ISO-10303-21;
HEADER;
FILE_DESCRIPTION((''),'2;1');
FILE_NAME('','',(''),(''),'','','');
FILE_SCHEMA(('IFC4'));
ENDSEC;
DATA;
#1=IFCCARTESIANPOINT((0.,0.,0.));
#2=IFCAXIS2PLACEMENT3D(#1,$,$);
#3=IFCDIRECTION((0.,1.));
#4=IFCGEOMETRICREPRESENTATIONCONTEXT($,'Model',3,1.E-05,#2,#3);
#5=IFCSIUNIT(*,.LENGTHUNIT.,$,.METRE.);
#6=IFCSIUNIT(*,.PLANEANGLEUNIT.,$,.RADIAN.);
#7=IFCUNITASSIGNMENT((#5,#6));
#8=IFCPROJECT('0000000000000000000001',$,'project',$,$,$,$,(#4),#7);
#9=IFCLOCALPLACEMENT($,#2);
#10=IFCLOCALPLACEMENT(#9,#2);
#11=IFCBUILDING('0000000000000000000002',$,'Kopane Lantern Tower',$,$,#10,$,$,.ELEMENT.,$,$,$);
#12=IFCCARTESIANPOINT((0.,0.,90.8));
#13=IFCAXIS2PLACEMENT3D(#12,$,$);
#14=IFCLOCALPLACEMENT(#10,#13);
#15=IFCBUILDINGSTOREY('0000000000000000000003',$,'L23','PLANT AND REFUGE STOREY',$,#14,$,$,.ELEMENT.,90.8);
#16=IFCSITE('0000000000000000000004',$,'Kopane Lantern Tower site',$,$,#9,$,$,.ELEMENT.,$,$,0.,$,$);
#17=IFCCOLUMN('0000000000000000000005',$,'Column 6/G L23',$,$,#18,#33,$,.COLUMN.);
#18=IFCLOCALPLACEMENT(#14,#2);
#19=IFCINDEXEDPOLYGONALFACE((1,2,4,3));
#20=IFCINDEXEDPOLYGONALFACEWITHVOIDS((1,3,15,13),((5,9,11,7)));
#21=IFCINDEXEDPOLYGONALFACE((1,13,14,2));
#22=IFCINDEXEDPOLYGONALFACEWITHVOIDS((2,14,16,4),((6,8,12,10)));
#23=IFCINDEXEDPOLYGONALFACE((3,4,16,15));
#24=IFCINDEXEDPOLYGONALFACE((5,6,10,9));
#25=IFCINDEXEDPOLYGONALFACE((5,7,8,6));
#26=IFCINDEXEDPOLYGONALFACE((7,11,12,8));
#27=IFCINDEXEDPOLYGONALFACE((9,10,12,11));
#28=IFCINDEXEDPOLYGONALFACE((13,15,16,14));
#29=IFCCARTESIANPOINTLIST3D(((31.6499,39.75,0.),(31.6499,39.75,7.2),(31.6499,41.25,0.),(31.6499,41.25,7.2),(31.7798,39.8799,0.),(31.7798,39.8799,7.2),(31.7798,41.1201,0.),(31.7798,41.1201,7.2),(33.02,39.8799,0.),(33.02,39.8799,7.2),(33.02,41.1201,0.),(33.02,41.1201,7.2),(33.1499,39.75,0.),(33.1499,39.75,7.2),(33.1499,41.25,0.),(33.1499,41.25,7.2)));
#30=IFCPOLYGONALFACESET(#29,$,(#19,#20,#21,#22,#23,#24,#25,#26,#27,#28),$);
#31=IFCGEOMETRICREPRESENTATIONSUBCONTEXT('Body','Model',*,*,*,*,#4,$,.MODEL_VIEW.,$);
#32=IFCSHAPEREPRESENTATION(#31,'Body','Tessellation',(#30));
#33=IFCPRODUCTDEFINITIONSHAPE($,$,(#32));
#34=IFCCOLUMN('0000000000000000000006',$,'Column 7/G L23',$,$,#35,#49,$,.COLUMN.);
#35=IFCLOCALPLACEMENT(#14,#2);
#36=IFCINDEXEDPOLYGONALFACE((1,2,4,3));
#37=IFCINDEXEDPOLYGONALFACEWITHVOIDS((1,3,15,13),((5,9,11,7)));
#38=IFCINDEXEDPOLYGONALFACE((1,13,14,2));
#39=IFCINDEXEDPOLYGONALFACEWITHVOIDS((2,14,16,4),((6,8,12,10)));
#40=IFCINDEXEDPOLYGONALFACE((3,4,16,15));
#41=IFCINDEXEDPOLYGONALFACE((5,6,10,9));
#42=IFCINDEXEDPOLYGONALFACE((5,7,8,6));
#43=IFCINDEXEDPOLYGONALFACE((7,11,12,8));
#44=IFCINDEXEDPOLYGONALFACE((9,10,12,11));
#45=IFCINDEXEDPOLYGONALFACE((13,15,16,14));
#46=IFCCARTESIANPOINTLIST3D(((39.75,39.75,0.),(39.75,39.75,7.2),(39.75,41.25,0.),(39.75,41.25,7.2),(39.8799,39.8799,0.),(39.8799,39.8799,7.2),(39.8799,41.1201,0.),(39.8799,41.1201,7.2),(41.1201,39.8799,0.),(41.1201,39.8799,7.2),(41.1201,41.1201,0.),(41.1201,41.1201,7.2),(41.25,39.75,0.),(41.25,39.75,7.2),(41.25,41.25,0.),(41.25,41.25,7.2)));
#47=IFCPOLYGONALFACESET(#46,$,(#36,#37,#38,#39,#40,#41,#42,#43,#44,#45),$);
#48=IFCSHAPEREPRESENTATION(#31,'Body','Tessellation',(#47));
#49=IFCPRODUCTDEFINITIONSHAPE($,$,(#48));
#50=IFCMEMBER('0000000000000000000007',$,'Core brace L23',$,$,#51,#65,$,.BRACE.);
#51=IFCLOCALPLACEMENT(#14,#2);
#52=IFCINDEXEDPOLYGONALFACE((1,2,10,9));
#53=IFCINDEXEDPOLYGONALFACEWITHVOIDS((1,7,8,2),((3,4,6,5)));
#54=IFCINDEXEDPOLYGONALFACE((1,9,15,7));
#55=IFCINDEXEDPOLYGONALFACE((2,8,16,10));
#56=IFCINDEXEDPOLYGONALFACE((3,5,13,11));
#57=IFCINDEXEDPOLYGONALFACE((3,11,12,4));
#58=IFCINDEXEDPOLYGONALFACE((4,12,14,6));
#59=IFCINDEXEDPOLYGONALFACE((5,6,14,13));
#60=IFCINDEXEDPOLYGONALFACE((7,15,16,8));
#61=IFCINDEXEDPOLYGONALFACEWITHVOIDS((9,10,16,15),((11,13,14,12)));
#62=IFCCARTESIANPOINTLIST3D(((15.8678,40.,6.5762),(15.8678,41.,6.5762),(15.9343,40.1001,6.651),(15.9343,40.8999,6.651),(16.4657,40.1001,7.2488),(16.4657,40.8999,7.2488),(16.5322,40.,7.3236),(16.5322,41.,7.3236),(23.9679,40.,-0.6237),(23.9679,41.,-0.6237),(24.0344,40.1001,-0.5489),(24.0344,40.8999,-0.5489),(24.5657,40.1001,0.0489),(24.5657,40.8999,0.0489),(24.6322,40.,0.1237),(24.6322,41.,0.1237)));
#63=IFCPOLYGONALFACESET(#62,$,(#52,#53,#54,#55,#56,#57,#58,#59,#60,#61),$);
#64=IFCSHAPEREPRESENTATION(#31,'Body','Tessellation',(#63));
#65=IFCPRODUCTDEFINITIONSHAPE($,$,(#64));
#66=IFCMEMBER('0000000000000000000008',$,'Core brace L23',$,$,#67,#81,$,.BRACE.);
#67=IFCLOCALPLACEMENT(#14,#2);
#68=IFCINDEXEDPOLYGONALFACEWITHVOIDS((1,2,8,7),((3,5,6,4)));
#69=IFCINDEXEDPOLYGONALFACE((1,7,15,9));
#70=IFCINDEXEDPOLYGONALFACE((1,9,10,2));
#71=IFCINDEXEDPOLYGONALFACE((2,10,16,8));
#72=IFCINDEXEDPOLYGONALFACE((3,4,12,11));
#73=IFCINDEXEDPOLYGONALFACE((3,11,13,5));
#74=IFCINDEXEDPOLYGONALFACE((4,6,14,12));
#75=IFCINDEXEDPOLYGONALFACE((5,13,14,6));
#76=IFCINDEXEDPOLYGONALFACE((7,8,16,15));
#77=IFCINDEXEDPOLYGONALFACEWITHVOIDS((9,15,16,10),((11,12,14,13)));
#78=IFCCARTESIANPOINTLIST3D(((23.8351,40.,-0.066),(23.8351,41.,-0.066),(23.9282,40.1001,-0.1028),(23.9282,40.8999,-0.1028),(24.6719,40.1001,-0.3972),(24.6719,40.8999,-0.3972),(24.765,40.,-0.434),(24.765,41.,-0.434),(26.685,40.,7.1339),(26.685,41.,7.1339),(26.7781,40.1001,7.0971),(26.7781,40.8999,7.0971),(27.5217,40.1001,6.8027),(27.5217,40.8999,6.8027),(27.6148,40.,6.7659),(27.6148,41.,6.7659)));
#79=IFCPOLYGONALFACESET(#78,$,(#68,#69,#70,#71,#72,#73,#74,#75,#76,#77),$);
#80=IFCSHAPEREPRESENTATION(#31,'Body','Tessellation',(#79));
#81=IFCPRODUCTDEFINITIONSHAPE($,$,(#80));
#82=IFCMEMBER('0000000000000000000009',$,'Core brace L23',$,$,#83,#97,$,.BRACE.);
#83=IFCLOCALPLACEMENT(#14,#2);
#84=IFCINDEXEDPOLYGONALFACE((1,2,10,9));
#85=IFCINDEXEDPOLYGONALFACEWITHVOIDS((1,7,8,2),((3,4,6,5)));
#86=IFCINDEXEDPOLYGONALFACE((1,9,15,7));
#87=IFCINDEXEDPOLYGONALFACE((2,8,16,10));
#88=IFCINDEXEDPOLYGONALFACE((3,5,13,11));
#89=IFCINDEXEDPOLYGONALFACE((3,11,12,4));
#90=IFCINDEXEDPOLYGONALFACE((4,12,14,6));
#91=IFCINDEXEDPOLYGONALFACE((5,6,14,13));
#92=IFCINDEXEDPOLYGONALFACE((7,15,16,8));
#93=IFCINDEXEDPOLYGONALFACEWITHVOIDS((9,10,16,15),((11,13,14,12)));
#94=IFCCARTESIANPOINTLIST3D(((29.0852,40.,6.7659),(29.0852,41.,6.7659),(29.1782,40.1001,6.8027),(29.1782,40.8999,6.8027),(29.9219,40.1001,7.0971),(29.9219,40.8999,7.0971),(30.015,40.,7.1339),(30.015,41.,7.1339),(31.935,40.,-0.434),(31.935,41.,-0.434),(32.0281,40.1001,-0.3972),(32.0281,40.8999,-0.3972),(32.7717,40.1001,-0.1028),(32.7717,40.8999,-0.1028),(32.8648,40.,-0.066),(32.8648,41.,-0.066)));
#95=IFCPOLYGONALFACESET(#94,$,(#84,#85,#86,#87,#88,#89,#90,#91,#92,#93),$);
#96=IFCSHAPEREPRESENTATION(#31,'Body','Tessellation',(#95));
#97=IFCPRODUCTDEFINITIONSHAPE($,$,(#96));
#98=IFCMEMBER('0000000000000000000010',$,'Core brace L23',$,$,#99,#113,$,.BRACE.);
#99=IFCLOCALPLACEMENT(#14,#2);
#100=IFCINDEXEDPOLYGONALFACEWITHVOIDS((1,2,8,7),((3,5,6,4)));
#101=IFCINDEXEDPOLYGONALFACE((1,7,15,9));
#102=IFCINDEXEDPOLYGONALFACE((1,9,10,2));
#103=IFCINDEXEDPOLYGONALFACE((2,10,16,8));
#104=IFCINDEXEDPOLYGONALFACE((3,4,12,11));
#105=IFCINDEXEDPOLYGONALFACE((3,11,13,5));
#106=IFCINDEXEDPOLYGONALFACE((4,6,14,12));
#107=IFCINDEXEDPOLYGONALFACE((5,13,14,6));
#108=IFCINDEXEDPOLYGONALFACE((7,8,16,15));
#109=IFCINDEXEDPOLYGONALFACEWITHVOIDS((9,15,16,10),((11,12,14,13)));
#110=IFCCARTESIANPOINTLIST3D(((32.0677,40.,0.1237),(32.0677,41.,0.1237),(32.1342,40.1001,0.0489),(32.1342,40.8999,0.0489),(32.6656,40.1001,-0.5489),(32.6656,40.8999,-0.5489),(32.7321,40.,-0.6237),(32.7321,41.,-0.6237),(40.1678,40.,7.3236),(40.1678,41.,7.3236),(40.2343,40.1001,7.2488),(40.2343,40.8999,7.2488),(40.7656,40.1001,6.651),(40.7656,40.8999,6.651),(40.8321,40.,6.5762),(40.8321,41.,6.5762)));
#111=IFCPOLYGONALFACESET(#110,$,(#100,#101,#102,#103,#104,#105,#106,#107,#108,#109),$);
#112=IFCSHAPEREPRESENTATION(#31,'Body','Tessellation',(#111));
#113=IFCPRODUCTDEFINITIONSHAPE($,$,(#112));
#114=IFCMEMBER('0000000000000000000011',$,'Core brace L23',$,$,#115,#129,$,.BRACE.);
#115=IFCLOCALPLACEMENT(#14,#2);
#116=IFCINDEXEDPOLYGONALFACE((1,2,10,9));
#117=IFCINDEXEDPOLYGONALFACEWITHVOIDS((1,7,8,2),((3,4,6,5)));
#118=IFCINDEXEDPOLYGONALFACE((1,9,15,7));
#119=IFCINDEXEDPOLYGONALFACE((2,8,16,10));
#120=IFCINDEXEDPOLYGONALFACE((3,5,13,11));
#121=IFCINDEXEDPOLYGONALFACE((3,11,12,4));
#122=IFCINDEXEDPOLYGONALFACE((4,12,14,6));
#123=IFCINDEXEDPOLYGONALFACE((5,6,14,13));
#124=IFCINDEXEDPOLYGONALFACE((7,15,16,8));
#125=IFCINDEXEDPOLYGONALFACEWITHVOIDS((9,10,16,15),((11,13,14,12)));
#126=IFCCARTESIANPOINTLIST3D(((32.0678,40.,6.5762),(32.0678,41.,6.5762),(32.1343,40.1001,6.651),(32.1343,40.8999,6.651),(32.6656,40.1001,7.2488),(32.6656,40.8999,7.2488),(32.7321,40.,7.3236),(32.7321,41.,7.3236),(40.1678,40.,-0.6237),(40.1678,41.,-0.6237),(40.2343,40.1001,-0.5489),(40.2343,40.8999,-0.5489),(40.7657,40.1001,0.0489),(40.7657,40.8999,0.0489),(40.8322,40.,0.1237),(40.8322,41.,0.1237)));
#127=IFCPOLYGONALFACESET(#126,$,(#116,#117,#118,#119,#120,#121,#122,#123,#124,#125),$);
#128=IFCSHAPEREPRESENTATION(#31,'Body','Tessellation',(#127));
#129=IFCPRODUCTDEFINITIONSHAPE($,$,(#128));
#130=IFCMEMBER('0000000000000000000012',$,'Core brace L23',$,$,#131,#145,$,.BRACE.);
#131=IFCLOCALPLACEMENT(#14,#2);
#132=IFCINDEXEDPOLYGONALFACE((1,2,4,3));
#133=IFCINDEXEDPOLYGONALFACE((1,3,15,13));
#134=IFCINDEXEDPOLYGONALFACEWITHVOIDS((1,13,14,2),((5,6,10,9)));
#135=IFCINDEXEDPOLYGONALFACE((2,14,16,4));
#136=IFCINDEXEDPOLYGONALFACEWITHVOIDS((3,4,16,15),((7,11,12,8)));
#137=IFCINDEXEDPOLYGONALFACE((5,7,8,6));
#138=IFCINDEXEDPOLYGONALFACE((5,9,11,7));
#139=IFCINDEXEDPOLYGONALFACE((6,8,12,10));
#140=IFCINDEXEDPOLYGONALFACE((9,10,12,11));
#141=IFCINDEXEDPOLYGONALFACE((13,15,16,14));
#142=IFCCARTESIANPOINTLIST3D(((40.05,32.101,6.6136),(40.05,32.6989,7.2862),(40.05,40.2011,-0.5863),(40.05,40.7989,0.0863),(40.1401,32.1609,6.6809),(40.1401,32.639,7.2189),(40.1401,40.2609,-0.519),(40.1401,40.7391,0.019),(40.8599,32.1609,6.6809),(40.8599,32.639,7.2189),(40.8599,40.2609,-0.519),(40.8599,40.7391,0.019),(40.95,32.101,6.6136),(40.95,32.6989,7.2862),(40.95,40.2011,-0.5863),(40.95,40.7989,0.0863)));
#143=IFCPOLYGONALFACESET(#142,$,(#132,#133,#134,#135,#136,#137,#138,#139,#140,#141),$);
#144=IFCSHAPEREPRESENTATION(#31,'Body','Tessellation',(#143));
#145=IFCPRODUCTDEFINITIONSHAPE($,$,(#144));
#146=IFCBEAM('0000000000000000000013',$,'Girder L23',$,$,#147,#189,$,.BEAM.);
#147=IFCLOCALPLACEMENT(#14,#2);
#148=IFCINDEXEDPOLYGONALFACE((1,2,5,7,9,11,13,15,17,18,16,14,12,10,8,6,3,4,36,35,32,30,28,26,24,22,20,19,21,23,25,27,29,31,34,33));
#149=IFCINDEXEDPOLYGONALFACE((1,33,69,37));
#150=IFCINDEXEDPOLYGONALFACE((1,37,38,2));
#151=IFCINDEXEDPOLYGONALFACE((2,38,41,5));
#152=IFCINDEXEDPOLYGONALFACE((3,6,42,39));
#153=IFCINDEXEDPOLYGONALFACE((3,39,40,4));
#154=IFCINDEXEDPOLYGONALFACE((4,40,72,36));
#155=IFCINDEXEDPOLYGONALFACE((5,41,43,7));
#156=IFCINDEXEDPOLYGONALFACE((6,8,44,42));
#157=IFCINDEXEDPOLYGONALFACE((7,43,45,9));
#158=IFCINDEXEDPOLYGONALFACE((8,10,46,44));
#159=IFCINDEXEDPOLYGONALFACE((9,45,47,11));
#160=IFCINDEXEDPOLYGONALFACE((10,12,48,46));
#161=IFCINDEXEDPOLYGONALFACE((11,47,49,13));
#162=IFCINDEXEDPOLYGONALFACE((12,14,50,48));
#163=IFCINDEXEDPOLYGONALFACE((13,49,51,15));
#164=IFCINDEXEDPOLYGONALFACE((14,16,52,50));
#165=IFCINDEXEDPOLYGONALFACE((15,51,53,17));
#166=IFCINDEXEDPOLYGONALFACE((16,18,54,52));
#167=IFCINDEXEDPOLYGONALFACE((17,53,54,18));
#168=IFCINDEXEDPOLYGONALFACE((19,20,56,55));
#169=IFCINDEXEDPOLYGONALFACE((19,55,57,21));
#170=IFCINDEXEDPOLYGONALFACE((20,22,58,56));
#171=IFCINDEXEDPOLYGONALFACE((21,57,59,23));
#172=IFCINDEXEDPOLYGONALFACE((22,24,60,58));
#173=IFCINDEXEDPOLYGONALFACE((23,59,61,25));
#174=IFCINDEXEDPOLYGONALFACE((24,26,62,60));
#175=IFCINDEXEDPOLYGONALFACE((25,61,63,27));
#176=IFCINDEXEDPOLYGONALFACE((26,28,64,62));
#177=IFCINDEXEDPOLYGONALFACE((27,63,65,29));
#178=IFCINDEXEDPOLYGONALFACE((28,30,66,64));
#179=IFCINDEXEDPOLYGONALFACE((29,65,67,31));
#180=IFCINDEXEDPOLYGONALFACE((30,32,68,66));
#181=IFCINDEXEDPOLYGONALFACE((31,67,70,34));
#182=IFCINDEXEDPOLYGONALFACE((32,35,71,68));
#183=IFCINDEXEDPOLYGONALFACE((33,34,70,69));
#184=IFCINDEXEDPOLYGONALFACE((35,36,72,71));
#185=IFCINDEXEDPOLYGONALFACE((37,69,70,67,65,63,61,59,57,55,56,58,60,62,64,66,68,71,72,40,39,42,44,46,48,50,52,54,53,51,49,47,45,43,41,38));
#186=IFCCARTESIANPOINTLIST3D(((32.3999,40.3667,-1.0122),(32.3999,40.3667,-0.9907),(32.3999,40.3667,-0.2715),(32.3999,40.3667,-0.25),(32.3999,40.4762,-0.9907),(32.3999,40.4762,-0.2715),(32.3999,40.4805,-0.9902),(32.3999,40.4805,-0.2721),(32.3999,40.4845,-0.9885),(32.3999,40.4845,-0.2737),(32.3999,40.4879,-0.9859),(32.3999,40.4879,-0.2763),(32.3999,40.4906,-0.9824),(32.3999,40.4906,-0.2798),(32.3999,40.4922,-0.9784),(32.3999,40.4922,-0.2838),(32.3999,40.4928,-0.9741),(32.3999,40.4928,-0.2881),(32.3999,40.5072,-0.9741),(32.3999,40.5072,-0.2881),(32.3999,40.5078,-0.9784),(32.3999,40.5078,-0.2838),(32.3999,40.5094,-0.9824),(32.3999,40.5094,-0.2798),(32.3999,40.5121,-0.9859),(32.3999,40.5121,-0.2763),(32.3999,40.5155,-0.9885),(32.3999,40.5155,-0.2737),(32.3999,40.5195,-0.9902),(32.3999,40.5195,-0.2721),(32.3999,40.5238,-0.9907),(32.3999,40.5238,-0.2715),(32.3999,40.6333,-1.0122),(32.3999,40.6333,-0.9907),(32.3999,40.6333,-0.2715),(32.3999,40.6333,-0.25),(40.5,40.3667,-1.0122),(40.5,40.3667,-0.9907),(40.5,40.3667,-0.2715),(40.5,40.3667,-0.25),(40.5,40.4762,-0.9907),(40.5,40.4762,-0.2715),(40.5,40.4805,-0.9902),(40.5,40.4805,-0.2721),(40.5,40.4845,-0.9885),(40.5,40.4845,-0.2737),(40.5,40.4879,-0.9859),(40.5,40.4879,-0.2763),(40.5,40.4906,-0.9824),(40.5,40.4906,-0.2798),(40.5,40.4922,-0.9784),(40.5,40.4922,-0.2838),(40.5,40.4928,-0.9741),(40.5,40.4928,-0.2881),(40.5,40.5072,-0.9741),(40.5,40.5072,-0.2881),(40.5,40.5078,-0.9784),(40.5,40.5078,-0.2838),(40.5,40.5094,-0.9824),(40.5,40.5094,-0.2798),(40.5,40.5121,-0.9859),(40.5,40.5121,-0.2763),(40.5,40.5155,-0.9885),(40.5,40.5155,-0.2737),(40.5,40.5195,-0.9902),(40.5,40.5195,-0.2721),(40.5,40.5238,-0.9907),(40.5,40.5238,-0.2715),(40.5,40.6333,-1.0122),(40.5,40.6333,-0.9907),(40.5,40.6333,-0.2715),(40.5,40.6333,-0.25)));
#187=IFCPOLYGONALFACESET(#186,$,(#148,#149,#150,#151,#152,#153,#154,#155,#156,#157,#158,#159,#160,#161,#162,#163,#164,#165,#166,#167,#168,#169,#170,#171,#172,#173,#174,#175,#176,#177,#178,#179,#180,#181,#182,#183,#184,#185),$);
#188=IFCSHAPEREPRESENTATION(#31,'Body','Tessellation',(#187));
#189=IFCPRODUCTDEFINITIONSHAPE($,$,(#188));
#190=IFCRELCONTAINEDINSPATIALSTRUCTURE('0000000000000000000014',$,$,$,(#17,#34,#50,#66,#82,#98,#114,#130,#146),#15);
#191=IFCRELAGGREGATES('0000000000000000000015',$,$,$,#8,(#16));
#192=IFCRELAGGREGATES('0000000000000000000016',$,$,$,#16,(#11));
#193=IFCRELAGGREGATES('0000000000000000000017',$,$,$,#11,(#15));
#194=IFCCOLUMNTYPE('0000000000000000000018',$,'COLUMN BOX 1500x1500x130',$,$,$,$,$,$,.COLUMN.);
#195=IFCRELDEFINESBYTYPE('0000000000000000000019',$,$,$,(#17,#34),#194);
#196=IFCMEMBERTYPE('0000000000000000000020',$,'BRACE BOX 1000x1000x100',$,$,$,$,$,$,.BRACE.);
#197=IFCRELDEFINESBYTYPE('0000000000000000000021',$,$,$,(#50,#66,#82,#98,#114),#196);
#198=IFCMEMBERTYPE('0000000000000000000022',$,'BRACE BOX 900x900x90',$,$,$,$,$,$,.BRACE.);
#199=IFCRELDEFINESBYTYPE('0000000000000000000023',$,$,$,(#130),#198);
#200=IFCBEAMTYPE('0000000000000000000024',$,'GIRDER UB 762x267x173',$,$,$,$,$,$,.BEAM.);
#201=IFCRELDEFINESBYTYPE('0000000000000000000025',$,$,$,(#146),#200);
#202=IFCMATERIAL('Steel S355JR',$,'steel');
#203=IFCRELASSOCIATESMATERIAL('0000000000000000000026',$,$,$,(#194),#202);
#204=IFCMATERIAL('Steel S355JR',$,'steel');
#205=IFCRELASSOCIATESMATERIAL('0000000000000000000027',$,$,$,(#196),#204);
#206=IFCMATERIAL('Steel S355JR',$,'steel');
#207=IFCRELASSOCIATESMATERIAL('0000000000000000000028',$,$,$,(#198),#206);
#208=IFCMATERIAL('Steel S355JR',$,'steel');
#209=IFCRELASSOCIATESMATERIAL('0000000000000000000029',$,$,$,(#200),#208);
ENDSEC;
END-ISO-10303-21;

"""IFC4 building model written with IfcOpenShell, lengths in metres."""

from ifc_helpers import new_model, si_unit, direction, frame, origin, origin_2d, place, context, subcontext, project, spatial, hollow_rectangle, i_section, extrude, material, material_profile, profile_set, type_object, element, save


model = new_model("IFC4")

# Units and contexts
model_context = context("Model", 3, precision=1e-05, world=origin(), true_north=direction((0.0, 1.0)))
body_context = subcontext(model_context, "Body", "Model", "MODEL_VIEW")
ifc_project = project(units=[si_unit("LENGTHUNIT", "METRE"), si_unit("PLANEANGLEUNIT", "RADIAN")], contexts=[model_context])

# Site, building, storey
site_placement = place(None, origin())
site = spatial("IfcSite", under=ifc_project, at=site_placement, Name="Kopane Lantern Tower site", CompositionType="ELEMENT", RefElevation=0.0)
building_placement = place(site_placement, origin())
building = spatial("IfcBuilding", under=site, at=building_placement, Name="Kopane Lantern Tower", CompositionType="ELEMENT")
storey_placement = place(building_placement, frame((0.0, 0.0, 90.8)))
storey = spatial("IfcBuildingStorey", under=building, at=storey_placement, Name="L23", Description="PLANT AND REFUGE STOREY", CompositionType="ELEMENT", Elevation=90.8)

# Columns
ifc_material_1 = material(Name="Steel S355JR", Category="steel")
ifc_material_profile_1 = material_profile(ifc_material_1, hollow_rectangle(XDim=1.5, YDim=1.5, WallThickness=0.1299, at=origin_2d()), Name="BOX 1500x1500x130")
ifc_profile_set_1 = profile_set([ifc_material_profile_1], Name="Steel S355JR")
column_type = type_object("IfcColumnType", Name="COLUMN BOX 1500x1500x130", PredefinedType="COLUMN", material=ifc_profile_set_1)
for number, where, z_axis, x_axis, name in (
    (1, (32.3999, 40.5, 0.0), (0.0, 0.0, 1.0), (1.0, 0.0, 0.0), "Column 6/G L23"),
    (2, (40.5, 40.5, 0.0), (0.0, 0.0, 1.0), (1.0, 0.0, 0.0), "Column 7/G L23"),
):
    element("IfcColumn", number, at=place(storey_placement, frame(where, z_axis=z_axis, x_axis=x_axis)), inside=storey, type_object=column_type, Name=name, PredefinedType="COLUMN", context=body_context, shape_type="SweptSolid", body=[
        extrude(hollow_rectangle(XDim=1.5, YDim=1.5, WallThickness=0.1299, at=origin_2d()), origin(), (0.0, 0.0, 1.0), 7.2),
    ])

# Members
ifc_material_2 = material(Name="Steel S355JR", Category="steel")
ifc_material_profile_2 = material_profile(ifc_material_2, hollow_rectangle(XDim=1.0, YDim=1.0, WallThickness=0.1001, at=origin_2d()), Name="BOX 1000x1000x100")
ifc_profile_set_2 = profile_set([ifc_material_profile_2], Name="Steel S355JR")
member_type_1 = type_object("IfcMemberType", Name="BRACE BOX 1000x1000x100", PredefinedType="BRACE", material=ifc_profile_set_2)
member_1_placement = place(storey_placement, frame((24.3, 40.5, -0.25), z_axis=(-0.747416, 0.0, 0.664357), x_axis=(0.0, -1.0, 0.0)))
element("IfcMember", 3, at=member_1_placement, inside=storey, type_object=member_type_1, Name="Core brace L23", PredefinedType="BRACE", context=body_context, shape_type="SweptSolid", body=[
    extrude(hollow_rectangle(XDim=1.0, YDim=1.0, WallThickness=0.1001, at=origin_2d()), origin(), (0.0, 0.0, 1.0), 10.8374),
])
for number, where, z_axis, x_axis, name in (
    (4, (24.3, 40.5, -0.25), (0.368034, 0.0, 0.929812), (0.0, 1.0, 0.0), "Core brace L23"),
    (5, (32.3999, 40.5, -0.25), (-0.368034, 0.0, 0.929812), (0.0, -1.0, 0.0), "Core brace L23"),
):
    element("IfcMember", number, at=place(storey_placement, frame(where, z_axis=z_axis, x_axis=x_axis)), inside=storey, type_object=member_type_1, Name=name, PredefinedType="BRACE", context=body_context, shape_type="SweptSolid", body=[
        extrude(hollow_rectangle(XDim=1.0, YDim=1.0, WallThickness=0.1001, at=origin_2d()), origin(), (0.0, 0.0, 1.0), 7.7434),
    ])
for number, where, z_axis, x_axis, name in (
    (6, (32.3999, 40.5, -0.25), (0.747416, 0.0, 0.664357), (0.0, 1.0, 0.0), "Core brace L23"),
    (7, (40.5, 40.5, -0.25), (-0.747416, 0.0, 0.664357), (0.0, -1.0, 0.0), "Core brace L23"),
):
    element("IfcMember", number, at=place(storey_placement, frame(where, z_axis=z_axis, x_axis=x_axis)), inside=storey, type_object=member_type_1, Name=name, PredefinedType="BRACE", context=body_context, shape_type="SweptSolid", body=[
        extrude(hollow_rectangle(XDim=1.0, YDim=1.0, WallThickness=0.1001, at=origin_2d()), origin(), (0.0, 0.0, 1.0), 10.8374),
    ])
ifc_material_3 = material(Name="Steel S355JR", Category="steel")
ifc_material_profile_3 = material_profile(ifc_material_3, hollow_rectangle(XDim=0.8999, YDim=0.8999, WallThickness=0.0901, at=origin_2d()), Name="BOX 900x900x90")
ifc_profile_set_3 = profile_set([ifc_material_profile_3], Name="Steel S355JR")
member_type_2 = type_object("IfcMemberType", Name="BRACE BOX 900x900x90", PredefinedType="BRACE", material=ifc_profile_set_3)
member_2_placement = place(storey_placement, frame((40.5, 40.5, -0.25), z_axis=(0.0, -0.747416, 0.664357), x_axis=(1.0, 0.0, 0.0)))
element("IfcMember", 8, at=member_2_placement, inside=storey, type_object=member_type_2, Name="Core brace L23", PredefinedType="BRACE", context=body_context, shape_type="SweptSolid", body=[
    extrude(hollow_rectangle(XDim=0.8999, YDim=0.8999, WallThickness=0.0901, at=origin_2d()), origin(), (0.0, 0.0, 1.0), 10.8374),
])

# Beam
ifc_material_4 = material(Name="Steel S355JR", Category="steel")
ifc_material_profile_4 = material_profile(ifc_material_4, i_section(OverallWidth=0.2666, OverallDepth=0.7622, WebThickness=0.0144, FlangeThickness=0.0215, FilletRadius=0.0166, at=origin_2d()), Name="UB 762x267x173")
ifc_profile_set_4 = profile_set([ifc_material_profile_4], Name="Steel S355JR")
beam_type_1 = type_object("IfcBeamType", Name="GIRDER UB 762x267x173", PredefinedType="BEAM", material=ifc_profile_set_4)
beam_1_placement = place(storey_placement, frame((32.3999, 40.5, -0.6311), z_axis=(1.0, 0.0, 0.0), x_axis=(0.0, 1.0, 0.0)))
element("IfcBeam", 9, at=beam_1_placement, inside=storey, type_object=beam_type_1, Name="Girder L23", PredefinedType="BEAM", context=body_context, shape_type="SweptSolid", body=[
    extrude(i_section(OverallWidth=0.2666, OverallDepth=0.7622, WebThickness=0.0144, FlangeThickness=0.0215, FilletRadius=0.0166, at=origin_2d()), origin(), (0.0, 0.0, 1.0), 8.1001),
])

save(model, "model.ifc")
